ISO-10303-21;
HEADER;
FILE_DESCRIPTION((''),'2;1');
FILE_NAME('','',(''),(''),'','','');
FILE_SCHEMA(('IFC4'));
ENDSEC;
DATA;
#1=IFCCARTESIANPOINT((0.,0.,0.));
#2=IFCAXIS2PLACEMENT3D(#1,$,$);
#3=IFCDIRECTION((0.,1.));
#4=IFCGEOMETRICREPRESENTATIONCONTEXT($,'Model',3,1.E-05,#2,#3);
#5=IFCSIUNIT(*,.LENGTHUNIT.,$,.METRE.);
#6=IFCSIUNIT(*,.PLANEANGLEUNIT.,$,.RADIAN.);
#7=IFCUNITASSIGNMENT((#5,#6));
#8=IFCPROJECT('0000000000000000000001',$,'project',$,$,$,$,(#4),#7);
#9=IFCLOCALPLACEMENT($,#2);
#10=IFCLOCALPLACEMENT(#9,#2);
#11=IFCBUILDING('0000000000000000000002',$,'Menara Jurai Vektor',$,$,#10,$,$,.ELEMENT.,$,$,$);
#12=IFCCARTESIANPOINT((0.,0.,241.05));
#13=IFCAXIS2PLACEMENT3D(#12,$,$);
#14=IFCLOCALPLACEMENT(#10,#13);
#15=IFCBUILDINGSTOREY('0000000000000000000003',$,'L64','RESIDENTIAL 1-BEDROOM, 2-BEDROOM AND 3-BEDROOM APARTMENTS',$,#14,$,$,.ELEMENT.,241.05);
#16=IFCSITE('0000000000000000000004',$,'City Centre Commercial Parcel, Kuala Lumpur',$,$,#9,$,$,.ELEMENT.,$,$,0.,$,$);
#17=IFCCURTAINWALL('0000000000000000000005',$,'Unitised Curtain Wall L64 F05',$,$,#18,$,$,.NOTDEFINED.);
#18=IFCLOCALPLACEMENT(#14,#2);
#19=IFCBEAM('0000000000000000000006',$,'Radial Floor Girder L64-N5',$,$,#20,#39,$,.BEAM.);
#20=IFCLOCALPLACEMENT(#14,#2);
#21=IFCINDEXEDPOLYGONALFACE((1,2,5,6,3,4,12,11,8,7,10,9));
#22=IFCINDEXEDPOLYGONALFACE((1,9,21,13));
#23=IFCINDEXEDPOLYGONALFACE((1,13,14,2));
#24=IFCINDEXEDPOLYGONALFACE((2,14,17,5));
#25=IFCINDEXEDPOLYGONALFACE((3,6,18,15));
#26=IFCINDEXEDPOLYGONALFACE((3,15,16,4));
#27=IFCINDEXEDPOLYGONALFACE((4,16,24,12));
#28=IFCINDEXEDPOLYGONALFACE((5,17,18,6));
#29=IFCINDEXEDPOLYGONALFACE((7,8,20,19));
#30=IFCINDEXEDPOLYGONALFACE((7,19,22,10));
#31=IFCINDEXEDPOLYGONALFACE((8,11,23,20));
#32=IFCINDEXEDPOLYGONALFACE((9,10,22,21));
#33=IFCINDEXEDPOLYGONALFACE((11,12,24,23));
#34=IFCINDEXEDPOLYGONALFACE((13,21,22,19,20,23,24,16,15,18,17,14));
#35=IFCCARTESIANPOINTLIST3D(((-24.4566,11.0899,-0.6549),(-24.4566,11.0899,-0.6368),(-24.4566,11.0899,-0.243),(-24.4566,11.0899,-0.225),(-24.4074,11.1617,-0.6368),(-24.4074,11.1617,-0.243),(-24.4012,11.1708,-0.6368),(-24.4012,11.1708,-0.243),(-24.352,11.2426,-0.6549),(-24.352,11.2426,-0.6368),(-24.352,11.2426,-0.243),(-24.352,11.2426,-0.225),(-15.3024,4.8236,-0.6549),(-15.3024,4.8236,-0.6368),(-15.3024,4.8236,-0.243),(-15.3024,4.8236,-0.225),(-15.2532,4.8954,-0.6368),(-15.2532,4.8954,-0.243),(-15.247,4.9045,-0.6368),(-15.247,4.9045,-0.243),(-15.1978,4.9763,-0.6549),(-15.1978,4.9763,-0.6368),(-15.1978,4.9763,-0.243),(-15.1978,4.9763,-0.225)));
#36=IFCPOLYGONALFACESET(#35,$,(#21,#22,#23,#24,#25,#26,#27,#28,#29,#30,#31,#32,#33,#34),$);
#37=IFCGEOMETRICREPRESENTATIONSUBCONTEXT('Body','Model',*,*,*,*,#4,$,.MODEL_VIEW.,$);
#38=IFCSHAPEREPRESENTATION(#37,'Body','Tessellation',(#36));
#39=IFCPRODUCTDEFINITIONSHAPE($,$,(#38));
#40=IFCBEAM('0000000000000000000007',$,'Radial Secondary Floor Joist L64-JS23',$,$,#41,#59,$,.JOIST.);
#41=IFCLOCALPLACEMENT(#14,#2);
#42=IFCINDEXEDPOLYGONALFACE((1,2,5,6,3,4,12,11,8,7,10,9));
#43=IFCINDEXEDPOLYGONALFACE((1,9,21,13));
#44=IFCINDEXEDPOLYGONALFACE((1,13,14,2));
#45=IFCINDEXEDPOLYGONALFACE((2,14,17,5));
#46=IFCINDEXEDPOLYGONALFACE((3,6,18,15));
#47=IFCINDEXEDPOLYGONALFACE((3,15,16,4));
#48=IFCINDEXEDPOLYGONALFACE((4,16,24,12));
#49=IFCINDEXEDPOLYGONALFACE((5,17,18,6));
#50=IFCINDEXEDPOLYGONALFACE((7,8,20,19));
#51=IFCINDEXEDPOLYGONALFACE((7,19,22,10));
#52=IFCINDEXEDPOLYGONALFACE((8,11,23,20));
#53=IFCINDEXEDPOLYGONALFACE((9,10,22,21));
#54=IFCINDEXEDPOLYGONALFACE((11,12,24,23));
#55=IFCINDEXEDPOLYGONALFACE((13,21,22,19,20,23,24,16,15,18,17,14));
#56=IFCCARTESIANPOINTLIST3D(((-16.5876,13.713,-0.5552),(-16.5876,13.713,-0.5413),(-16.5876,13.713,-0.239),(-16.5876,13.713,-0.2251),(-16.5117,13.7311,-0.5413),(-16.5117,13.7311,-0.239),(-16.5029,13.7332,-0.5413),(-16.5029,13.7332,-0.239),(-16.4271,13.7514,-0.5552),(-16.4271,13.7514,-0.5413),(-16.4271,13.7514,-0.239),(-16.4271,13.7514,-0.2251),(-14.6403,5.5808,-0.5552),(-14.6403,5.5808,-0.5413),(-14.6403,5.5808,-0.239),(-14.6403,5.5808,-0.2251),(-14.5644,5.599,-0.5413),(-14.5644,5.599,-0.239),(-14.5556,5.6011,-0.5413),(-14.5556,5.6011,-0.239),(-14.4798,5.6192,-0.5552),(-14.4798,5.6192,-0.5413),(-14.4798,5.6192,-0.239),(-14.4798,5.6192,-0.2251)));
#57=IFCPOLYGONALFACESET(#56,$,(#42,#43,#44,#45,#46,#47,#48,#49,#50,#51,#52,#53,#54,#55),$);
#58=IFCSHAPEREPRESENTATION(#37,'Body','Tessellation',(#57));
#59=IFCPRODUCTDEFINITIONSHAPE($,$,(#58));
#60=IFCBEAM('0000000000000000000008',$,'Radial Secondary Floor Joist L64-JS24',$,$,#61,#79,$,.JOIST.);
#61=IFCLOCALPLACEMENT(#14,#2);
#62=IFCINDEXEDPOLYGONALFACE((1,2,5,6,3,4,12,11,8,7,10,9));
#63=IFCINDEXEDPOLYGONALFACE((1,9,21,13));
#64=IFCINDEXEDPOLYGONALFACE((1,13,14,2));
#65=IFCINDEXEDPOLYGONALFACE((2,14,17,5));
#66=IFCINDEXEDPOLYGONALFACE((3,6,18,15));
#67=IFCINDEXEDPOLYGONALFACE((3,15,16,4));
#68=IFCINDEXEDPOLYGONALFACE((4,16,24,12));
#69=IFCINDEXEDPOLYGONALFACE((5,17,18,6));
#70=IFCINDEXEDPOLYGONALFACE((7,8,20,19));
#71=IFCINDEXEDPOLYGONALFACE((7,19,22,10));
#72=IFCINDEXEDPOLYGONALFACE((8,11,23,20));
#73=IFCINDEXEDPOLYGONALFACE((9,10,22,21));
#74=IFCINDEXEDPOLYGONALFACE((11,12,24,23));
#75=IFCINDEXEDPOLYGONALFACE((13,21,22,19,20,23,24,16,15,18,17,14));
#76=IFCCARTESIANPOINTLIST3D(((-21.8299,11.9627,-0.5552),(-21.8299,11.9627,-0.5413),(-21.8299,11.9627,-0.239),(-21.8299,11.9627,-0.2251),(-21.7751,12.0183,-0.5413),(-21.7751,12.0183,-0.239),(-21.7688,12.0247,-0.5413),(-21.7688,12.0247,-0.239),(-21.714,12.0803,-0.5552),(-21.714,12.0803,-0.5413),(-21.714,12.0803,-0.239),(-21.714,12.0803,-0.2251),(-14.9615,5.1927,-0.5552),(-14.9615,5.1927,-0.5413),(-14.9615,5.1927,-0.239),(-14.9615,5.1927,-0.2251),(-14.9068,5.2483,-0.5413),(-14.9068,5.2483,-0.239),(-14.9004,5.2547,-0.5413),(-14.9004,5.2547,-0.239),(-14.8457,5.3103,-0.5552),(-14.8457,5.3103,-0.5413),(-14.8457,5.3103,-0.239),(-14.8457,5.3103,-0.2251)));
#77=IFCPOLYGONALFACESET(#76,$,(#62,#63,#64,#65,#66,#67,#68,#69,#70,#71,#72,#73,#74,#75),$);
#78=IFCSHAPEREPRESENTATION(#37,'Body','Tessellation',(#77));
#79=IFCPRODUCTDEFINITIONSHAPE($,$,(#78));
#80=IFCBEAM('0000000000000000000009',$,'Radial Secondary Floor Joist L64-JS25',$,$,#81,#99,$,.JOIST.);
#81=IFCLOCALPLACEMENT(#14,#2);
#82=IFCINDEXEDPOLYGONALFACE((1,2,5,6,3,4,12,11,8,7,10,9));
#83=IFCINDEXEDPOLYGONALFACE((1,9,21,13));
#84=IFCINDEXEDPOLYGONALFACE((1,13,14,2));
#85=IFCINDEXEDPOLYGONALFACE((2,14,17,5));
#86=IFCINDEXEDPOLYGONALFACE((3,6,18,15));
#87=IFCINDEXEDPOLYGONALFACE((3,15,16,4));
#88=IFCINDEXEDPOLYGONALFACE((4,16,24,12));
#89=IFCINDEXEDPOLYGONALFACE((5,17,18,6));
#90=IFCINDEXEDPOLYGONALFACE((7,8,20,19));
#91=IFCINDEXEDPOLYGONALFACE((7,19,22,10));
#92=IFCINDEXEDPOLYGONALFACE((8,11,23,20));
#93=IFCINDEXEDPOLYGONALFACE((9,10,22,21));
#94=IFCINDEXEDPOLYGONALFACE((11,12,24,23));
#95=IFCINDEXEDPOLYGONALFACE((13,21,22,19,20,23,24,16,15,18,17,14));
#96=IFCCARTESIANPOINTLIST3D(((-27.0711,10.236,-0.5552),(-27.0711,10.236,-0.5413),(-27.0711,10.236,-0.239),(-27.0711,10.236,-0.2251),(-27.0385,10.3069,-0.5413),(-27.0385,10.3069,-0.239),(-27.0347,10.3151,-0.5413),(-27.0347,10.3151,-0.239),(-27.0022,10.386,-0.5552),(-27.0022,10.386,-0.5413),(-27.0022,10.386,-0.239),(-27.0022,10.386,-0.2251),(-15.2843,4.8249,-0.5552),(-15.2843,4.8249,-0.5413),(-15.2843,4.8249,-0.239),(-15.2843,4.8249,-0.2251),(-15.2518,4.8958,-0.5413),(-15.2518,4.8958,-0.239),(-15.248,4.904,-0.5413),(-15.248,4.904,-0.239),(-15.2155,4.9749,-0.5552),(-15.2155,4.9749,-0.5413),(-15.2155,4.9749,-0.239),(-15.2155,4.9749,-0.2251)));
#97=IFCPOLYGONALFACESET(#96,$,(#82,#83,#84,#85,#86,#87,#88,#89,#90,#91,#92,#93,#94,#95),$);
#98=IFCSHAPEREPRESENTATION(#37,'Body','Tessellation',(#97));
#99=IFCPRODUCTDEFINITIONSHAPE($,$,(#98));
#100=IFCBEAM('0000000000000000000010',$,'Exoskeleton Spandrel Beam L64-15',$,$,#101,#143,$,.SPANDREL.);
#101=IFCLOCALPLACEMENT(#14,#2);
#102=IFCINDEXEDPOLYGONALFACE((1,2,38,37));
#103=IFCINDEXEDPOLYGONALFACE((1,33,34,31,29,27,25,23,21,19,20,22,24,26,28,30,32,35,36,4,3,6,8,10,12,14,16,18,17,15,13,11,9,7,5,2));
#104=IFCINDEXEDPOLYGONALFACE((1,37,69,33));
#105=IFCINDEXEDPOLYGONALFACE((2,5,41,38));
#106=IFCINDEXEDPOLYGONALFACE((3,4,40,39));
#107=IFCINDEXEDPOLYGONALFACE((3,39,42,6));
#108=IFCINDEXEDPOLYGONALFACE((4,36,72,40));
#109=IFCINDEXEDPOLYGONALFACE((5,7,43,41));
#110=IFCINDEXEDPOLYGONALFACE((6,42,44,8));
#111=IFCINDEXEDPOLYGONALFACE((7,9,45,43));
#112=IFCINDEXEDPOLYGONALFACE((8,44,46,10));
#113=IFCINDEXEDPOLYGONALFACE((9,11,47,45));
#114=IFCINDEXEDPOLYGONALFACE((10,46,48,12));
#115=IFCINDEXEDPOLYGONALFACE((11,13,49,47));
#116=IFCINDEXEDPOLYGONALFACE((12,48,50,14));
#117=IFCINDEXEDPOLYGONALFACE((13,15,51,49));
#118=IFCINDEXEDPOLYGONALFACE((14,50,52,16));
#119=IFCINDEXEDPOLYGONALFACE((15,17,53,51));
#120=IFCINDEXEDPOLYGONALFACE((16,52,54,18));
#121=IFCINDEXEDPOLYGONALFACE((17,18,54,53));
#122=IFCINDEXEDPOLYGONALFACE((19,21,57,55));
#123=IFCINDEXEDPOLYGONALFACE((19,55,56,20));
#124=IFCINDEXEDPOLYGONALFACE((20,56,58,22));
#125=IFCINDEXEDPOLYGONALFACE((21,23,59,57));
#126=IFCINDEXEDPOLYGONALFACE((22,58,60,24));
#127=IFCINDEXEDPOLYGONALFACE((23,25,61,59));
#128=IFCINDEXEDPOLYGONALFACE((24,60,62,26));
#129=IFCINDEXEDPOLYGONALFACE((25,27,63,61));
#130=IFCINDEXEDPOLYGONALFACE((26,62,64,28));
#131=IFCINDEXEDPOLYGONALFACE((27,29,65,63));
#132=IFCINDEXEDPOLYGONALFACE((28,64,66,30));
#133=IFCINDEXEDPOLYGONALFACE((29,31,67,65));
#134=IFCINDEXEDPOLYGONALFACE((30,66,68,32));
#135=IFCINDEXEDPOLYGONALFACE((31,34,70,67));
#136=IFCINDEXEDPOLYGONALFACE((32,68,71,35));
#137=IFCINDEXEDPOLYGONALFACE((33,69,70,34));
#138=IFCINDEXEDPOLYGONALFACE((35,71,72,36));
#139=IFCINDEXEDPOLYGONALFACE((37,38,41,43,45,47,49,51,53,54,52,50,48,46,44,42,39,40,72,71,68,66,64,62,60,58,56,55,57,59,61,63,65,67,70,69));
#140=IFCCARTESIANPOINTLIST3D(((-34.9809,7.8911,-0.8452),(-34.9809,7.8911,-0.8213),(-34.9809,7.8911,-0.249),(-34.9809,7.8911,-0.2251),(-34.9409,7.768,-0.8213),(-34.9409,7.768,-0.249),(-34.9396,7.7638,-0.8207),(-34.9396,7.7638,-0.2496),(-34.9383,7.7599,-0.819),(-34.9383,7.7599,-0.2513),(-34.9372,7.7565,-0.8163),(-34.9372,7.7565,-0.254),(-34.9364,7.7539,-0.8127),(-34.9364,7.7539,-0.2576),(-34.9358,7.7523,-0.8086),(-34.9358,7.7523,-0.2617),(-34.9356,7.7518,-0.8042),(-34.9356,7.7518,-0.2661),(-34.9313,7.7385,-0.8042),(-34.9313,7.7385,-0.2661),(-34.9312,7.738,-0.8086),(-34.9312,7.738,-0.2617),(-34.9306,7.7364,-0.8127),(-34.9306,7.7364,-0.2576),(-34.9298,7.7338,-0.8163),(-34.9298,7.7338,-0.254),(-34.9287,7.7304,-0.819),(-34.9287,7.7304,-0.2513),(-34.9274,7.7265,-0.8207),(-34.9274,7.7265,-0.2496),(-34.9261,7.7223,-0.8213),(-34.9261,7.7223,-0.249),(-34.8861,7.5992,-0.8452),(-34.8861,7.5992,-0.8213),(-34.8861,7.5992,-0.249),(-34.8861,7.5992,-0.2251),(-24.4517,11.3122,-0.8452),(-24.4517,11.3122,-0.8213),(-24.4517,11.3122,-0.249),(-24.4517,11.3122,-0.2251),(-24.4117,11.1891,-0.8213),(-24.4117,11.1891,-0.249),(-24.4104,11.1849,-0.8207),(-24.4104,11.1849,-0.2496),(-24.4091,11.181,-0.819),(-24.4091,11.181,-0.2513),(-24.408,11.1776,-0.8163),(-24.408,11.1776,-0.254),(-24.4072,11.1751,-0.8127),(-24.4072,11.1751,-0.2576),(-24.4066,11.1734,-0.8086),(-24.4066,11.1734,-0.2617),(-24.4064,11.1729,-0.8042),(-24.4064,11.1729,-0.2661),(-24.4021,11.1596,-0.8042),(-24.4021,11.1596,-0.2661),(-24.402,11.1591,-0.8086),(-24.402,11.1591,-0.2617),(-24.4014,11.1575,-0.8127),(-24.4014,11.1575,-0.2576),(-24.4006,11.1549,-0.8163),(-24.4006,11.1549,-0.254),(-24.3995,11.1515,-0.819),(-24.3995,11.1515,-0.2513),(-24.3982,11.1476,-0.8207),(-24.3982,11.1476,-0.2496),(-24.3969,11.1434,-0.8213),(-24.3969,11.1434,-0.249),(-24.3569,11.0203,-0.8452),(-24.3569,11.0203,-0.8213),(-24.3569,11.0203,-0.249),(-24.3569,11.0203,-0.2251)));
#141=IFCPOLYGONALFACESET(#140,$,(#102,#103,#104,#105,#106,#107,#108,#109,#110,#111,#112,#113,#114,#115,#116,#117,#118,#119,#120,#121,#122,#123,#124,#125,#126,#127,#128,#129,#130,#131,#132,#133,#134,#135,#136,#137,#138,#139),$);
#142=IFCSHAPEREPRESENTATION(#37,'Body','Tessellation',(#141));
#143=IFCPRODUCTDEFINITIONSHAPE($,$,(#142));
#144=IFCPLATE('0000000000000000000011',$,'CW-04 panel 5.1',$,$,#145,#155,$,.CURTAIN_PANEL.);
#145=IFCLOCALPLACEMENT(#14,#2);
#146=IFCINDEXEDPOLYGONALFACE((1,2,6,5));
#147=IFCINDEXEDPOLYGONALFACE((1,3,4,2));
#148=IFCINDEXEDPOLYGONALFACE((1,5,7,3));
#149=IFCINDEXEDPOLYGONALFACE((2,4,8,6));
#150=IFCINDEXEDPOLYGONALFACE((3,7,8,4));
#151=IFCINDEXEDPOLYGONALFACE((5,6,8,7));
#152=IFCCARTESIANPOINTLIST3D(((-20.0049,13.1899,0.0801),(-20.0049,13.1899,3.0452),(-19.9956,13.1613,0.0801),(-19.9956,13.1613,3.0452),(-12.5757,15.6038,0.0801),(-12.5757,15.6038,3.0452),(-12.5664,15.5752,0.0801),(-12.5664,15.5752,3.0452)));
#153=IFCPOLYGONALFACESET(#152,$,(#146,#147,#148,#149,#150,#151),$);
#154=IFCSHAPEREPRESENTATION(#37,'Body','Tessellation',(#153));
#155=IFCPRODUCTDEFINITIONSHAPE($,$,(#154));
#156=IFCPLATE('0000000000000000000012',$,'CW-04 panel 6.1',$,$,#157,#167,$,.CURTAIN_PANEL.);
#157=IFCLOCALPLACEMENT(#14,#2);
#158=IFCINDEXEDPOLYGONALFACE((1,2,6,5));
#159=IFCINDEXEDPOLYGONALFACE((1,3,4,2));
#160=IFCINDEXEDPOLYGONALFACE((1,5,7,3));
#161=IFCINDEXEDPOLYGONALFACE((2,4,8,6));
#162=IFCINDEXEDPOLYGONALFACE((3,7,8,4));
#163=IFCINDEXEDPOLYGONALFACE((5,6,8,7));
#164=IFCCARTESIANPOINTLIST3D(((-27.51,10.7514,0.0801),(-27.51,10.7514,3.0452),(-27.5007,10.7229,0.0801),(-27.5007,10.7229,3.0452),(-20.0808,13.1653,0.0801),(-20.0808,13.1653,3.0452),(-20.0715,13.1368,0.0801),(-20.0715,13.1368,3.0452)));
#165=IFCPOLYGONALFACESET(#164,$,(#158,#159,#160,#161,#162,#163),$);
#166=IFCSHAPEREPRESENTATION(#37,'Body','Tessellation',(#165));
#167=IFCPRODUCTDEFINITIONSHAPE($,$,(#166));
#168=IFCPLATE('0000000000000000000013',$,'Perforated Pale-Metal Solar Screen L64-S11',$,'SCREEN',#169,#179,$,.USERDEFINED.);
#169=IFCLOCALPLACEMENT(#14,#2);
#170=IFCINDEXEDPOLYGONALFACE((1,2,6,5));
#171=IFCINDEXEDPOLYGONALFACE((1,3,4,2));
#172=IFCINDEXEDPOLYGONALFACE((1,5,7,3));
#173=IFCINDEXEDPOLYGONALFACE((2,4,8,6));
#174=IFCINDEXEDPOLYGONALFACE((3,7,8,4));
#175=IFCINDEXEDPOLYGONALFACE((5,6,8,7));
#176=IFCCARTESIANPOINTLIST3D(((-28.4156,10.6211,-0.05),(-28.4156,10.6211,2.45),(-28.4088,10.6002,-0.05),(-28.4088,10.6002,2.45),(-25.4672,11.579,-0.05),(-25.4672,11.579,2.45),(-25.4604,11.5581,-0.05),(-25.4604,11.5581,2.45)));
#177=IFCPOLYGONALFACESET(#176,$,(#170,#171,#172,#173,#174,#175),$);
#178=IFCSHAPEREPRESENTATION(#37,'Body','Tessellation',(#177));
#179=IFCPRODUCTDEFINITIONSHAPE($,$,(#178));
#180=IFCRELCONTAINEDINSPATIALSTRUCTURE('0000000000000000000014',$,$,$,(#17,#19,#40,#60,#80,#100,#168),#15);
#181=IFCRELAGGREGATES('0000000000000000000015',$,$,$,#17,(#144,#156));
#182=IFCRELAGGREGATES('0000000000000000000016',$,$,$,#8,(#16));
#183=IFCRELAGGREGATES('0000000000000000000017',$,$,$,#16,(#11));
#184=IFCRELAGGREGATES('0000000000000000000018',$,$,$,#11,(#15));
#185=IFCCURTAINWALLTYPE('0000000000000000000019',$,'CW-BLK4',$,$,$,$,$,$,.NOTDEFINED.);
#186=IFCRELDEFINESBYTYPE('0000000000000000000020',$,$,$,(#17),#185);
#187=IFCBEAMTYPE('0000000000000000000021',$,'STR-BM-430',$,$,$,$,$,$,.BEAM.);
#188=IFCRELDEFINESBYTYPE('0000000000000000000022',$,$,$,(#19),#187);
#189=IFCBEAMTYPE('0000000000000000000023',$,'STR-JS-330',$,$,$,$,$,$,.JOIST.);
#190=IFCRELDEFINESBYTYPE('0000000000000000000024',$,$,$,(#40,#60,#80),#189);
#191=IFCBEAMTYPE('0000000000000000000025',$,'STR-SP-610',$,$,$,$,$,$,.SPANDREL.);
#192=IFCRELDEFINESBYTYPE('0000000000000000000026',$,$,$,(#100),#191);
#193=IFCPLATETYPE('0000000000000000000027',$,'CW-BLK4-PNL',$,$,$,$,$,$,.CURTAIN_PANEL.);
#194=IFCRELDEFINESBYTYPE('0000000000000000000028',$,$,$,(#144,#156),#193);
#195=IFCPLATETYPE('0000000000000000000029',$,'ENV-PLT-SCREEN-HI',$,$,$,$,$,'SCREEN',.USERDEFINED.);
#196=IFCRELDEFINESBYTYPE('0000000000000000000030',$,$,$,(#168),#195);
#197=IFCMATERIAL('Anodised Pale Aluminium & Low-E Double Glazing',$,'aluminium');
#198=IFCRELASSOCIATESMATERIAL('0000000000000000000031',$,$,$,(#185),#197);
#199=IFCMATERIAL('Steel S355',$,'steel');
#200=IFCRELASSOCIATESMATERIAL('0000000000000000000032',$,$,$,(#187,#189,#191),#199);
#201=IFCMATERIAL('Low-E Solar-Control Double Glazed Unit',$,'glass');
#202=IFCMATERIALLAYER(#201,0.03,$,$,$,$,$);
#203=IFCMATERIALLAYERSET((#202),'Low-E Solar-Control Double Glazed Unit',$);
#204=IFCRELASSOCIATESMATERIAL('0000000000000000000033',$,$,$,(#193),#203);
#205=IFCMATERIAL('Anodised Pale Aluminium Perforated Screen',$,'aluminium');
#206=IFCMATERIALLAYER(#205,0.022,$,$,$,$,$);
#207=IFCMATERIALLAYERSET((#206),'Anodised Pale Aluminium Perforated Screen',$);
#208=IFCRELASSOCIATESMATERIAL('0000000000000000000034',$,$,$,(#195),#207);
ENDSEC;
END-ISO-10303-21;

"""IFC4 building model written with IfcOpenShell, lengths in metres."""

from ifc_helpers import new_model, si_unit, direction, frame, origin, origin_2d, place, context, subcontext, project, spatial, rectangle, i_section, extrude, material, layer, layer_set, material_profile, profile_set, type_object, element, aggregate, save


model = new_model("IFC4")

# Units and contexts
model_context = context("Model", 3, precision=1e-05, world=origin(), true_north=direction((0.0, 1.0)))
body_context = subcontext(model_context, "Body", "Model", "MODEL_VIEW")
ifc_project = project(units=[si_unit("LENGTHUNIT", "METRE"), si_unit("PLANEANGLEUNIT", "RADIAN")], contexts=[model_context])

# Site, building, storey
site_placement = place(None, origin())
site = spatial("IfcSite", under=ifc_project, at=site_placement, Name="City Centre Commercial Parcel, Kuala Lumpur", CompositionType="ELEMENT", RefElevation=0.0)
building_placement = place(site_placement, origin())
building = spatial("IfcBuilding", under=site, at=building_placement, Name="Menara Jurai Vektor", CompositionType="ELEMENT")
storey_placement = place(building_placement, frame((0.0, 0.0, 241.05)))
storey = spatial("IfcBuildingStorey", under=building, at=storey_placement, Name="L64", Description="RESIDENTIAL 1-BEDROOM, 2-BEDROOM AND 3-BEDROOM APARTMENTS", CompositionType="ELEMENT", Elevation=241.05)

# Curtain wall
ifc_material_1 = material(Name="Anodised Pale Aluminium & Low-E Double Glazing", Category="aluminium")
curtain_wall_type = type_object("IfcCurtainWallType", Name="CW-BLK4", PredefinedType="NOTDEFINED", material=ifc_material_1)
curtain_wall_placement = place(storey_placement, origin())
curtain_wall = element("IfcCurtainWall", 1, at=curtain_wall_placement, inside=storey, type_object=curtain_wall_type, Name="Unitised Curtain Wall L64 F05", PredefinedType="NOTDEFINED")

# Beams
ifc_material_2 = material(Name="Steel S355", Category="steel")
ifc_material_profile_1 = material_profile(ifc_material_2, i_section(OverallWidth=0.1851, OverallDepth=0.4299, WebThickness=0.011, FlangeThickness=0.0181, at=origin_2d()), Name="PG 430x185x76")
ifc_profile_set_1 = profile_set([ifc_material_profile_1], Name="Steel S355")
beam_type_1 = type_object("IfcBeamType", Name="STR-BM-430", PredefinedType="BEAM", material=ifc_profile_set_1)
beam_1_placement = place(storey_placement, frame((-24.4043, 11.1663, -0.4399), z_axis=(0.825186, -0.564861, 0.0), x_axis=(0.564861, 0.825186, 0.0)))
element("IfcBeam", 2, at=beam_1_placement, inside=storey, type_object=beam_type_1, Name="Radial Floor Girder L64-N5", PredefinedType="BEAM", context=body_context, shape_type="SweptSolid", body=[
    extrude(i_section(OverallWidth=0.1851, OverallDepth=0.4299, WebThickness=0.011, FlangeThickness=0.0181, at=origin_2d()), origin(), (0.0, 0.0, 1.0), 11.0935),
])
ifc_material_profile_2 = material_profile(ifc_material_2, i_section(OverallWidth=0.165, OverallDepth=0.3301, WebThickness=0.009, FlangeThickness=0.0139, at=origin_2d()), Name="PG 330x165x46")
ifc_profile_set_2 = profile_set([ifc_material_profile_2], Name="Steel S355")
beam_type_2 = type_object("IfcBeamType", Name="STR-JS-330", PredefinedType="JOIST", material=ifc_profile_set_2)
beam_2_placement = place(storey_placement, frame((-16.5073, 13.7322, -0.3901), z_axis=(0.232872, -0.972507, 0.0), x_axis=(0.972507, 0.232872, 0.0)))
element("IfcBeam", 3, at=beam_2_placement, inside=storey, type_object=beam_type_2, Name="Radial Secondary Floor Joist L64-JS23", PredefinedType="JOIST", context=body_context, shape_type="SweptSolid", body=[
    extrude(i_section(OverallWidth=0.165, OverallDepth=0.3301, WebThickness=0.009, FlangeThickness=0.0139, at=origin_2d()), origin(), (0.0, 0.0, 1.0), 8.3621),
])
beam_3_placement = place(storey_placement, frame((-21.772, 12.0215, -0.3901), z_axis=(0.712189, -0.701987, 0.0), x_axis=(0.701987, 0.712189, 0.0)))
element("IfcBeam", 4, at=beam_3_placement, inside=storey, type_object=beam_type_2, Name="Radial Secondary Floor Joist L64-JS24", PredefinedType="JOIST", context=body_context, shape_type="SweptSolid", body=[
    extrude(i_section(OverallWidth=0.165, OverallDepth=0.3301, WebThickness=0.009, FlangeThickness=0.0139, at=origin_2d()), origin(), (0.0, 0.0, 1.0), 9.644),
])
beam_4_placement = place(storey_placement, frame((-27.0366, 10.311, -0.3901), z_axis=(0.908804, -0.417224, 0.0), x_axis=(0.417224, 0.908804, 0.0)))
element("IfcBeam", 5, at=beam_4_placement, inside=storey, type_object=beam_type_2, Name="Radial Secondary Floor Joist L64-JS25", PredefinedType="JOIST", context=body_context, shape_type="SweptSolid", body=[
    extrude(i_section(OverallWidth=0.165, OverallDepth=0.3301, WebThickness=0.009, FlangeThickness=0.0139, at=origin_2d()), origin(), (0.0, 0.0, 1.0), 12.9695),
])
ifc_material_profile_3 = material_profile(ifc_material_2, i_section(OverallWidth=0.3069, OverallDepth=0.6201, WebThickness=0.0139, FlangeThickness=0.0239, FilletRadius=0.0171, at=origin_2d()), Name="UKB 610x305x179")
ifc_profile_set_3 = profile_set([ifc_material_profile_3], Name="Steel S355")
beam_type_3 = type_object("IfcBeamType", Name="STR-SP-610", PredefinedType="SPANDREL", material=ifc_profile_set_3)
beam_5_placement = place(storey_placement, frame((-24.4043, 11.1663, -0.5352), z_axis=(-0.951057, -0.309014, 0.0), x_axis=(0.309014, -0.951057, 0.0)))
element("IfcBeam", 6, at=beam_5_placement, inside=storey, type_object=beam_type_3, Name="Exoskeleton Spandrel Beam L64-15", PredefinedType="SPANDREL", context=body_context, shape_type="SweptSolid", body=[
    extrude(i_section(OverallWidth=0.3069, OverallDepth=0.6201, WebThickness=0.0139, FlangeThickness=0.0239, FilletRadius=0.0171, at=origin_2d()), origin(), (0.0, 0.0, 1.0), 11.071),
])

# Plates
ifc_material_3 = material(Name="Low-E Solar-Control Double Glazed Unit", Category="glass")
ifc_layer_1 = layer(ifc_material_3, 0.03)
ifc_layer_set_1 = layer_set([ifc_layer_1], Name="Low-E Solar-Control Double Glazed Unit")
plate_type_1 = type_object("IfcPlateType", Name="CW-BLK4-PNL", PredefinedType="CURTAIN_PANEL", material=ifc_layer_set_1)
plate_1_placement = place(storey_placement, frame((-16.2856, 14.3826, 0.0801), z_axis=(0.0, 0.0, 1.0), x_axis=(-0.951056, -0.309017, 0.0)))
plate_1 = element("IfcPlate", 7, at=plate_1_placement, type_object=plate_type_1, Name="CW-04 panel 5.1", PredefinedType="CURTAIN_PANEL", context=body_context, shape_type="SweptSolid", body=[
    extrude(rectangle(XDim=7.8115, YDim=0.03, at=origin_2d()), origin(), (0.0, 0.0, 1.0), 2.9651),
])
plate_2_placement = place(storey_placement, frame((-23.7908, 11.9441, 0.0801), z_axis=(0.0, 0.0, 1.0), x_axis=(-0.951056, -0.309017, 0.0)))
plate_2 = element("IfcPlate", 8, at=plate_2_placement, type_object=plate_type_1, Name="CW-04 panel 6.1", PredefinedType="CURTAIN_PANEL", context=body_context, shape_type="SweptSolid", body=[
    extrude(rectangle(XDim=7.8115, YDim=0.03, at=origin_2d()), origin(), (0.0, 0.0, 1.0), 2.9651),
])
aggregate(curtain_wall, [plate_1, plate_2])
ifc_material_4 = material(Name="Anodised Pale Aluminium Perforated Screen", Category="aluminium")
ifc_layer_2 = layer(ifc_material_4, 0.022)
ifc_layer_set_2 = layer_set([ifc_layer_2], Name="Anodised Pale Aluminium Perforated Screen")
plate_type_2 = type_object("IfcPlateType", Name="ENV-PLT-SCREEN-HI", ElementType="SCREEN", PredefinedType="USERDEFINED", material=ifc_layer_set_2)
plate_3_placement = place(storey_placement, frame((-26.938, 11.0896, -0.05), z_axis=(0.0, 0.0, 1.0), x_axis=(-0.951057, -0.309017, 0.0)))
element("IfcPlate", 9, at=plate_3_placement, inside=storey, type_object=plate_type_2, Name="Perforated Pale-Metal Solar Screen L64-S11", ObjectType="SCREEN", PredefinedType="USERDEFINED", context=body_context, shape_type="SweptSolid", body=[
    extrude(rectangle(XDim=3.1001, YDim=0.022, at=origin_2d()), origin(), (0.0, 0.0, 1.0), 2.5),
])

save(model, "model.ifc")
